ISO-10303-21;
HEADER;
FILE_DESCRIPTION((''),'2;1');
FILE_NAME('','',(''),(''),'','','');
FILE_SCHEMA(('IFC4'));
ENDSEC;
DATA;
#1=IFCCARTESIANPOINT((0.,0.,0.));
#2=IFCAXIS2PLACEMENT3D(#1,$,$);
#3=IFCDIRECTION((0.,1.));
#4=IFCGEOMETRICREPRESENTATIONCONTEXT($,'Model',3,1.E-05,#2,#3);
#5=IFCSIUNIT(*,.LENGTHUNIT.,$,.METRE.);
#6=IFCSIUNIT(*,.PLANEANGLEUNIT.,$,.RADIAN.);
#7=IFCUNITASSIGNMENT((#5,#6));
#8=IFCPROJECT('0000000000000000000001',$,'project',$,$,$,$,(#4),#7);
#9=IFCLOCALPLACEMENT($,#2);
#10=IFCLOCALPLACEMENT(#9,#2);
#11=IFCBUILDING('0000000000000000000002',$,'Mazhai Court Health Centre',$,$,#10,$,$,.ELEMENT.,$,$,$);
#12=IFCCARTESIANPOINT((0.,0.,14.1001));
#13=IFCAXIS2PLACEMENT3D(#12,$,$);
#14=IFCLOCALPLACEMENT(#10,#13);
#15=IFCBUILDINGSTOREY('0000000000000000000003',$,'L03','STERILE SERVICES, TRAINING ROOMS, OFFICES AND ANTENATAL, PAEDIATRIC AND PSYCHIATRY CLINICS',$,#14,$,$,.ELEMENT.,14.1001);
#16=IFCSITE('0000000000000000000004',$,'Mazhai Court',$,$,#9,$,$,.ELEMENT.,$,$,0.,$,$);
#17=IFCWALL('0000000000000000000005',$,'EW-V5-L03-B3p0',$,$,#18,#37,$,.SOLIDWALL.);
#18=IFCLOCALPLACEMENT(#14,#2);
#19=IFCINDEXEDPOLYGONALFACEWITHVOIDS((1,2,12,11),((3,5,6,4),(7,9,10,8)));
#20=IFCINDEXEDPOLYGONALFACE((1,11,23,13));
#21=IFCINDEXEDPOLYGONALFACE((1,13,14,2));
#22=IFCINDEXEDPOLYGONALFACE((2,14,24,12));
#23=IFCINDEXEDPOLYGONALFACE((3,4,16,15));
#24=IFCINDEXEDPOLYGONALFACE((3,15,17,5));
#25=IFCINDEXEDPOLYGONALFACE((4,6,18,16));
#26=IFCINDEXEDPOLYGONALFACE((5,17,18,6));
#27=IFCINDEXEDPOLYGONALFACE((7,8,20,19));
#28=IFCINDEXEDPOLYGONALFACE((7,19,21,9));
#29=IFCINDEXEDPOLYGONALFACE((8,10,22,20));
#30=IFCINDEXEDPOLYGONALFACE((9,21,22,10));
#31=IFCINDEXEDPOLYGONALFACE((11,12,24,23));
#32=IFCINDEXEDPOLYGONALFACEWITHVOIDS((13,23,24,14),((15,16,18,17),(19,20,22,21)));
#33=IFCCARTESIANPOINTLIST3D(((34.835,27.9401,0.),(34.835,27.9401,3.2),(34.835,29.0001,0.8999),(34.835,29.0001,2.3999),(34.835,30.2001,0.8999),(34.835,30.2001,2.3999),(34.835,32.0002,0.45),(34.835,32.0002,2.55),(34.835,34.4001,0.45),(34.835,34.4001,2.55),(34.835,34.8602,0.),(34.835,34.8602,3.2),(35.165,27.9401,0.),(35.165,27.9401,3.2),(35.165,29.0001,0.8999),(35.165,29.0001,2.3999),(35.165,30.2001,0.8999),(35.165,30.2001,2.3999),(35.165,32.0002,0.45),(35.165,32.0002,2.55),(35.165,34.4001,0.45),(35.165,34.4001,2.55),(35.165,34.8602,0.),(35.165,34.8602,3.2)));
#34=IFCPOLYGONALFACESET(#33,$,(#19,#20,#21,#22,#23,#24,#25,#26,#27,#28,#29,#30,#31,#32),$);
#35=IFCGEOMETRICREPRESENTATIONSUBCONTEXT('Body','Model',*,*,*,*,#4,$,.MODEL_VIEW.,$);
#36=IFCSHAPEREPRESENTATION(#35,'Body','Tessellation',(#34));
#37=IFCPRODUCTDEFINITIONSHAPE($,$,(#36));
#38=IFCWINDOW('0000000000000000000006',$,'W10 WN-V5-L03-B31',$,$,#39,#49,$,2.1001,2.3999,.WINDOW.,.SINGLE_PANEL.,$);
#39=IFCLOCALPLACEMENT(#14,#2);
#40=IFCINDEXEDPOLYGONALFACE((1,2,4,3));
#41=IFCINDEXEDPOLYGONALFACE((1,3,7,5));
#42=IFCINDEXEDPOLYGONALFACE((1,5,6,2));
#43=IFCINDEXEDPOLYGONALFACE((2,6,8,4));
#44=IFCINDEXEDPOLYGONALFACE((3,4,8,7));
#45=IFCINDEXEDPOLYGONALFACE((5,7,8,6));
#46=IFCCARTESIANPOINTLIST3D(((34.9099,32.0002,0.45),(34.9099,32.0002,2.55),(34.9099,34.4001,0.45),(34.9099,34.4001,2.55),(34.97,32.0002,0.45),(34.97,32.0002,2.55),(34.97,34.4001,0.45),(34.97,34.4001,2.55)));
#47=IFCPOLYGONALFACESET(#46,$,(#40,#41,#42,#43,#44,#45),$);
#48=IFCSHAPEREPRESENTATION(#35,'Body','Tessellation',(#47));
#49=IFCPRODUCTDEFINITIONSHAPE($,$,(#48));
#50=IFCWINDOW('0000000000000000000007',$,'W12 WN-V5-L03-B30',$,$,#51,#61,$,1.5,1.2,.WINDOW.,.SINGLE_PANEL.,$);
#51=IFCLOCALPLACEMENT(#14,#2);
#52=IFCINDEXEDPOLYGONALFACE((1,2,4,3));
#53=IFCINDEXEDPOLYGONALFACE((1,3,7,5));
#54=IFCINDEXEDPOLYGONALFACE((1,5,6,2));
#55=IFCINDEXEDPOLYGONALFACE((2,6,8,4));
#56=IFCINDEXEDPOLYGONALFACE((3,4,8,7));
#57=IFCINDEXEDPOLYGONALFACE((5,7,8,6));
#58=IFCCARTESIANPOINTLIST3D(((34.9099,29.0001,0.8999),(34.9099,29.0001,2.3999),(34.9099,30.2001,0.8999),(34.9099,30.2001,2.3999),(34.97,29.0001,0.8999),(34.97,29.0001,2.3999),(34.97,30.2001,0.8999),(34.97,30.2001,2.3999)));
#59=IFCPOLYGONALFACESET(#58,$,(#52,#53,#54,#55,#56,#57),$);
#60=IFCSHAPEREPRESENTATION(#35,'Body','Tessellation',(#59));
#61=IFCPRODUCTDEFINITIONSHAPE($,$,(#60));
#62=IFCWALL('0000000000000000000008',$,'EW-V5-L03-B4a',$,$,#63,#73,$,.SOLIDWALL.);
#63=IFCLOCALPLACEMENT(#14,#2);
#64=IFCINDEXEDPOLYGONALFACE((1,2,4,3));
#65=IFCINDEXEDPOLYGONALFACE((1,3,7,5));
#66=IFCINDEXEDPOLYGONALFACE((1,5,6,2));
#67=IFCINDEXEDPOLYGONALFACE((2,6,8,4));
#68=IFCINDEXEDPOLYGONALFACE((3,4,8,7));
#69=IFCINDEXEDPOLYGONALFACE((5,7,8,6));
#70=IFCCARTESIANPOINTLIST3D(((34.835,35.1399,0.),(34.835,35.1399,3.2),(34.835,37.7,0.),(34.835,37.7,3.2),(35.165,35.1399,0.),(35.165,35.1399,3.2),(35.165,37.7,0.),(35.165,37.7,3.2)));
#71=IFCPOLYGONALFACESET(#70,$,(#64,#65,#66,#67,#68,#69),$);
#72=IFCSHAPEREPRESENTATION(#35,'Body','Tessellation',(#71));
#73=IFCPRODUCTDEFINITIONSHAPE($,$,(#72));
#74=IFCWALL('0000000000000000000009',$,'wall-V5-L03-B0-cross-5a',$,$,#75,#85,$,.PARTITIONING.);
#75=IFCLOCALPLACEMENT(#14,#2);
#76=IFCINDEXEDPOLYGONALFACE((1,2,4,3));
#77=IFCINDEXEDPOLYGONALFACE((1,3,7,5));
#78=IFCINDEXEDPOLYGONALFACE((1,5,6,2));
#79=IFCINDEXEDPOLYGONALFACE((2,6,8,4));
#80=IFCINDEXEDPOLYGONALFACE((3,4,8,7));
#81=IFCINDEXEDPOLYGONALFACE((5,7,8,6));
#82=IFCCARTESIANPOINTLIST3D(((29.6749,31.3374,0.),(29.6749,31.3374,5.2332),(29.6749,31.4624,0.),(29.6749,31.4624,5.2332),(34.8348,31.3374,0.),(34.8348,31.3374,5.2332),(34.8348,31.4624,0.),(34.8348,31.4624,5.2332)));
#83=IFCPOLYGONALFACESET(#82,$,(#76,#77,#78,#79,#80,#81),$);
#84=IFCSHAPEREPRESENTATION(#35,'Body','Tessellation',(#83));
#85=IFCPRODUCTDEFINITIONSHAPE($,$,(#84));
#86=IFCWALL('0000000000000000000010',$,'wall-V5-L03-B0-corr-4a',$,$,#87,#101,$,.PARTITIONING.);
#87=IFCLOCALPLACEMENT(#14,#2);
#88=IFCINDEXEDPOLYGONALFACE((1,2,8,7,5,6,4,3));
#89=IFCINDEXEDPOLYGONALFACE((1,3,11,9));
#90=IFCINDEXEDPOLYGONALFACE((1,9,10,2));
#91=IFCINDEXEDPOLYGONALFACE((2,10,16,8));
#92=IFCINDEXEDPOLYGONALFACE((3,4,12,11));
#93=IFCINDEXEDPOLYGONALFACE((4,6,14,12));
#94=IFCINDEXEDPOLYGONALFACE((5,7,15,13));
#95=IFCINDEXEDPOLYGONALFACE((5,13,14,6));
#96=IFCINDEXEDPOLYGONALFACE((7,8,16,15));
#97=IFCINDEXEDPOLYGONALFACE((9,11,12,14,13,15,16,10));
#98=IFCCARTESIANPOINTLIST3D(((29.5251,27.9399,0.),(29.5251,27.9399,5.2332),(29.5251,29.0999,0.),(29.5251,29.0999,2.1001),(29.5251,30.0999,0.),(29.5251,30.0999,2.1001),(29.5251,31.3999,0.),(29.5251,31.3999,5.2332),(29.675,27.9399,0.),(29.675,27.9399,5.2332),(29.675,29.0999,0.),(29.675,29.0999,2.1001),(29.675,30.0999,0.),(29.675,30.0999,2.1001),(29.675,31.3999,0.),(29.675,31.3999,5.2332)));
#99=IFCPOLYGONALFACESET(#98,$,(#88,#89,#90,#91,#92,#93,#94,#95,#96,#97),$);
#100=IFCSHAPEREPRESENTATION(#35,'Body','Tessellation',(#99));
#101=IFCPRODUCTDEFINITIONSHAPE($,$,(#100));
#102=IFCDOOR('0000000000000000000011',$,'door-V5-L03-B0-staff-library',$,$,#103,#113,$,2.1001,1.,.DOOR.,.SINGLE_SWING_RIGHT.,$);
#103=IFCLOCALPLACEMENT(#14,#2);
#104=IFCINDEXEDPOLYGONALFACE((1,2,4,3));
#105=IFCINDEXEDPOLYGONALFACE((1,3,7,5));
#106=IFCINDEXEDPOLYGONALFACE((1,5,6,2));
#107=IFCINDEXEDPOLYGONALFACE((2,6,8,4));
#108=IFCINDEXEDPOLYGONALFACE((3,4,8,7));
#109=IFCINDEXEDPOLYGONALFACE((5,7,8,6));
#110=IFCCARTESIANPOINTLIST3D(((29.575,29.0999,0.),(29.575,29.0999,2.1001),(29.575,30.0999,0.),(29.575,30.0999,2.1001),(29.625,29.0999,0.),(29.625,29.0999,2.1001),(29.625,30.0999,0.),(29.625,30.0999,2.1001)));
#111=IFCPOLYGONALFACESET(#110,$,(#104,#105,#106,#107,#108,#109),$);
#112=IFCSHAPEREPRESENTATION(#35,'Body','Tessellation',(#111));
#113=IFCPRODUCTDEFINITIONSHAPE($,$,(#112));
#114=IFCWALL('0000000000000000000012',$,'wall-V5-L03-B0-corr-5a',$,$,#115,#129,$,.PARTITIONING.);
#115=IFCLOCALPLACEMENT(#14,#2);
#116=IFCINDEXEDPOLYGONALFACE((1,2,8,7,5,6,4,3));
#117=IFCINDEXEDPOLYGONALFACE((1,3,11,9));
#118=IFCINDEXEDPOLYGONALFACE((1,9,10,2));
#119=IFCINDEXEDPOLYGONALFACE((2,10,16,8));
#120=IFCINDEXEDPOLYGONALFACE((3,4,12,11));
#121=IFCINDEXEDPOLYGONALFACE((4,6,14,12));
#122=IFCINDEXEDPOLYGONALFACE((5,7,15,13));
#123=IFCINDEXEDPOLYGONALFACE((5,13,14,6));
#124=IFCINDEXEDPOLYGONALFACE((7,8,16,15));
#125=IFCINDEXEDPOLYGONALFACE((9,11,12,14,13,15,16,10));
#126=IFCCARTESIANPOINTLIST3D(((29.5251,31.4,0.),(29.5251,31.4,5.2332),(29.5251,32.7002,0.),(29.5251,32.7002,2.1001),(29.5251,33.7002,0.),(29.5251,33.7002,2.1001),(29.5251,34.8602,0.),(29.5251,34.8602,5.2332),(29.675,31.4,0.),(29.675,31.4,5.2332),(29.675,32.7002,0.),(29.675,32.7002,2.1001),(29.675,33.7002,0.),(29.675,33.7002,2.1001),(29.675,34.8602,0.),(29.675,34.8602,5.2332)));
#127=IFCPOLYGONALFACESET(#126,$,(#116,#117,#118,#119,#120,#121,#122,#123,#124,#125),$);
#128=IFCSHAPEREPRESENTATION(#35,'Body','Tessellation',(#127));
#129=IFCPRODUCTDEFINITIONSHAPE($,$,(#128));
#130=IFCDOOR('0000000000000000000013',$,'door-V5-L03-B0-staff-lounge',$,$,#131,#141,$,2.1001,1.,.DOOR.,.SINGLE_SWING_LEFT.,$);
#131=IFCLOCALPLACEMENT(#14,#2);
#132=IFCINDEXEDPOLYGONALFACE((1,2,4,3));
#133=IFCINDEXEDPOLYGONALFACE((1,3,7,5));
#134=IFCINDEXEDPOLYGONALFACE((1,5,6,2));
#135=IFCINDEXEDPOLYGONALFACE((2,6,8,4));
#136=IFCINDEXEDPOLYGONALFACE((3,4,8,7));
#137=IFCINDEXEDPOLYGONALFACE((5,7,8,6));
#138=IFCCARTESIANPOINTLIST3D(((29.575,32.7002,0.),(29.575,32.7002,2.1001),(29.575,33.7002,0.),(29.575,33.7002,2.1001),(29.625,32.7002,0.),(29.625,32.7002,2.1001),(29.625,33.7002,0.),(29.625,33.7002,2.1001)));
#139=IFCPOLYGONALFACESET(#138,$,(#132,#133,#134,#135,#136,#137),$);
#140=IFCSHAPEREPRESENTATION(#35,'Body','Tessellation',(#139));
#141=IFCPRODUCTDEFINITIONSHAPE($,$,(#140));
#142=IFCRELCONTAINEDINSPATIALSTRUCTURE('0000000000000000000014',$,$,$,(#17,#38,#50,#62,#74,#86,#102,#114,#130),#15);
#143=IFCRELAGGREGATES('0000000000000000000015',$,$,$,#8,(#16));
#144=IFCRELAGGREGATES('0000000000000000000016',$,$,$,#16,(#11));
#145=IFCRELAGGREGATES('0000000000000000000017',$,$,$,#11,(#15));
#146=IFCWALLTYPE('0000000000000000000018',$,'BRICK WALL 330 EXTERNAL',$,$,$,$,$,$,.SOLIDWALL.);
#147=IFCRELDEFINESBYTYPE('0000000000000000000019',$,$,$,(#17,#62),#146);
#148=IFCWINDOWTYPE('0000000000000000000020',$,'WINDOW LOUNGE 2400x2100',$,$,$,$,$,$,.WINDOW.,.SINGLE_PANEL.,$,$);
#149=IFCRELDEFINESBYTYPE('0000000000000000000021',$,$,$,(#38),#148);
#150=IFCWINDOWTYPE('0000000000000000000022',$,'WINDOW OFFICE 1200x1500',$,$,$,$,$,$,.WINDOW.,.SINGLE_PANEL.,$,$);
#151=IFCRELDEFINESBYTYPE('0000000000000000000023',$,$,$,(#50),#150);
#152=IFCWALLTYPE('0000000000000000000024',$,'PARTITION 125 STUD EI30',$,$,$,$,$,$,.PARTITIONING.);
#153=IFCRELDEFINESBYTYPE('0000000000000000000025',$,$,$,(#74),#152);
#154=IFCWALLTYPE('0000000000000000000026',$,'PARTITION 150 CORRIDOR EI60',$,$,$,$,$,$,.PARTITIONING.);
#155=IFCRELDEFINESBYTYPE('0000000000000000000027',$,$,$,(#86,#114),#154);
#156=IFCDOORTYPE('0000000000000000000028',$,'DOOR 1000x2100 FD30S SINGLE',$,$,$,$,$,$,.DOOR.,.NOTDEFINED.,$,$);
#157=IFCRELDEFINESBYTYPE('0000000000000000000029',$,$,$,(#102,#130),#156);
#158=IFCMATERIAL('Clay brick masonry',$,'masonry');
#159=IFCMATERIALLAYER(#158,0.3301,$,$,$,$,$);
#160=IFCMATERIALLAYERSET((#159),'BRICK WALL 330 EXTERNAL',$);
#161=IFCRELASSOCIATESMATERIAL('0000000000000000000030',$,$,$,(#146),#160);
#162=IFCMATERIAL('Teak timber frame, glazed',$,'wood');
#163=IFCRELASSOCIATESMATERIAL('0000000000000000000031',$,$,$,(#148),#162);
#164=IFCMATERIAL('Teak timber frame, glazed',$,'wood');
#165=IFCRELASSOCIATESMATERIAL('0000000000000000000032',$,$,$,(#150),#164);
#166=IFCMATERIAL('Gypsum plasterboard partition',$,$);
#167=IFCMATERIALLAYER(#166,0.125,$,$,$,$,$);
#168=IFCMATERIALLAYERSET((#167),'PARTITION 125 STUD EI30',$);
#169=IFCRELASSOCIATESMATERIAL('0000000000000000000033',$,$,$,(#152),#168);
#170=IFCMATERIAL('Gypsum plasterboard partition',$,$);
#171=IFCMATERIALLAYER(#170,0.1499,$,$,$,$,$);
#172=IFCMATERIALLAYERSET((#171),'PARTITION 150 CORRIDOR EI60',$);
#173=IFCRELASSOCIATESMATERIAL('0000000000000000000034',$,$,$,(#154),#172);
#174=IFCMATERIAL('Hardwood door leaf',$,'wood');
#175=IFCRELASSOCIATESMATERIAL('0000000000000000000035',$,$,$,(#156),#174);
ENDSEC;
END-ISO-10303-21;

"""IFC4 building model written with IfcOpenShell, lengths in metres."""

from ifc_helpers import new_model, si_unit, direction, frame, frame_2d, origin, place, context, subcontext, project, spatial, rectangle, extrude, material, layer, layer_set, type_object, element, fill, save


model = new_model("IFC4")

# Units and contexts
model_context = context("Model", 3, precision=1e-05, world=origin(), true_north=direction((0.0, 1.0)))
body_context = subcontext(model_context, "Body", "Model", "MODEL_VIEW")
ifc_project = project(units=[si_unit("LENGTHUNIT", "METRE"), si_unit("PLANEANGLEUNIT", "RADIAN")], contexts=[model_context])

# Site, building, storey
site_placement = place(None, origin())
site = spatial("IfcSite", under=ifc_project, at=site_placement, Name="Mazhai Court", CompositionType="ELEMENT", RefElevation=0.0)
building_placement = place(site_placement, origin())
building = spatial("IfcBuilding", under=site, at=building_placement, Name="Mazhai Court Health Centre", CompositionType="ELEMENT")
storey_placement = place(building_placement, frame((0.0, 0.0, 14.1001)))
storey = spatial("IfcBuildingStorey", under=building, at=storey_placement, Name="L03", Description="STERILE SERVICES, TRAINING ROOMS, OFFICES AND ANTENATAL, PAEDIATRIC AND PSYCHIATRY CLINICS", CompositionType="ELEMENT", Elevation=14.1001)

# Wall, openings, windows
ifc_material_1 = material(Name="Clay brick masonry", Category="masonry")
ifc_layer_1 = layer(ifc_material_1, 0.3301)
ifc_layer_set_1 = layer_set([ifc_layer_1], Name="BRICK WALL 330 EXTERNAL")
wall_type_1 = type_object("IfcWallType", Name="BRICK WALL 330 EXTERNAL", PredefinedType="SOLIDWALL", material=ifc_layer_set_1)
wall_1_placement = place(storey_placement, frame((35.0, 34.8601, 0.0), z_axis=(0.0, 0.0, 1.0), x_axis=(0.0, -1.0, 0.0)))
wall_1 = element("IfcWall", 1, at=wall_1_placement, inside=storey, type_object=wall_type_1, Name="EW-V5-L03-B3p0", PredefinedType="SOLIDWALL", context=body_context, shape_type="SweptSolid", body=[
    extrude(rectangle(XDim=6.9202, YDim=0.3301, at=frame_2d((3.46, 0.0))), origin(), (0.0, 0.0, 1.0), 3.2),
])
opening_1_placement = place(wall_1_placement, frame((4.6599, 0.0, 0.8999)))
opening_1 = element("IfcOpeningElement", 2, at=opening_1_placement, cuts=wall_1, PredefinedType="OPENING", context=body_context, shape_type="SweptSolid", body=[
    extrude(rectangle(XDim=1.2, YDim=1.5, at=frame_2d((0.6001, 0.75))), frame((0.0, 0.175, 0.0), z_axis=(0.0, -1.0, 0.0), x_axis=(1.0, 0.0, 0.0)), (0.0, 0.0, 1.0), 0.3501),
])
opening_2_placement = place(wall_1_placement, frame((0.46, 0.0, 0.45)))
opening_2 = element("IfcOpeningElement", 3, at=opening_2_placement, cuts=wall_1, PredefinedType="OPENING", context=body_context, shape_type="SweptSolid", body=[
    extrude(rectangle(XDim=2.3999, YDim=2.1001, at=frame_2d((1.2, 1.05))), frame((0.0, 0.175, 0.0), z_axis=(0.0, -1.0, 0.0), x_axis=(1.0, 0.0, 0.0)), (0.0, 0.0, 1.0), 0.3501),
])
ifc_material_2 = material(Name="Teak timber frame, glazed", Category="wood")
window_type_1 = type_object("IfcWindowType", Name="WINDOW LOUNGE 2400x2100", PartitioningType="SINGLE_PANEL", PredefinedType="WINDOW", material=ifc_material_2)
window_1_placement = place(opening_2_placement, origin())
window_1 = element("IfcWindow", 4, at=window_1_placement, inside=storey, type_object=window_type_1, Name="W10 WN-V5-L03-B31", OverallHeight=2.1001, OverallWidth=2.3999, PartitioningType="SINGLE_PANEL", PredefinedType="WINDOW", context=body_context, shape_type="SweptSolid", body=[
    extrude(rectangle(XDim=2.3999, YDim=2.1001, at=frame_2d((1.2, 1.05))), frame((0.0, -0.03, 0.0), z_axis=(0.0, -1.0, 0.0), x_axis=(1.0, 0.0, 0.0)), (0.0, 0.0, 1.0), 0.0601),
])
fill(opening_2, window_1)
ifc_material_3 = material(Name="Teak timber frame, glazed", Category="wood")
window_type_2 = type_object("IfcWindowType", Name="WINDOW OFFICE 1200x1500", PartitioningType="SINGLE_PANEL", PredefinedType="WINDOW", material=ifc_material_3)
window_2_placement = place(opening_1_placement, origin())
window_2 = element("IfcWindow", 5, at=window_2_placement, inside=storey, type_object=window_type_2, Name="W12 WN-V5-L03-B30", OverallHeight=1.5, OverallWidth=1.2, PartitioningType="SINGLE_PANEL", PredefinedType="WINDOW", context=body_context, shape_type="SweptSolid", body=[
    extrude(rectangle(XDim=1.2, YDim=1.5, at=frame_2d((0.6001, 0.75))), frame((0.0, -0.03, 0.0), z_axis=(0.0, -1.0, 0.0), x_axis=(1.0, 0.0, 0.0)), (0.0, 0.0, 1.0), 0.0601),
])
fill(opening_1, window_2)

# Walls
wall_2_placement = place(storey_placement, frame((35.0, 37.7, 0.0), z_axis=(0.0, 0.0, 1.0), x_axis=(0.0, -1.0, 0.0)))
element("IfcWall", 6, at=wall_2_placement, inside=storey, type_object=wall_type_1, Name="EW-V5-L03-B4a", PredefinedType="SOLIDWALL", context=body_context, shape_type="SweptSolid", body=[
    extrude(rectangle(XDim=2.5601, YDim=0.3301, at=frame_2d((1.28, 0.0))), origin(), (0.0, 0.0, 1.0), 3.2),
])
ifc_material_4 = material(Name="Gypsum plasterboard partition")
ifc_layer_2 = layer(ifc_material_4, 0.125)
ifc_layer_set_2 = layer_set([ifc_layer_2], Name="PARTITION 125 STUD EI30")
wall_type_2 = type_object("IfcWallType", Name="PARTITION 125 STUD EI30", PredefinedType="PARTITIONING", material=ifc_layer_set_2)
wall_3_placement = place(storey_placement, frame((34.835, 31.3999, 0.0), z_axis=(0.0, 0.0, 1.0), x_axis=(-1.0, 0.0, 0.0)))
element("IfcWall", 7, at=wall_3_placement, inside=storey, type_object=wall_type_2, Name="wall-V5-L03-B0-cross-5a", PredefinedType="PARTITIONING", context=body_context, shape_type="SweptSolid", body=[
    extrude(rectangle(XDim=5.1599, YDim=0.125, at=frame_2d((2.5801, 0.0))), origin(), (0.0, 0.0, 1.0), 5.2332),
])

# Walls, openings, doors
ifc_material_5 = material(Name="Gypsum plasterboard partition")
ifc_layer_3 = layer(ifc_material_5, 0.1499)
ifc_layer_set_3 = layer_set([ifc_layer_3], Name="PARTITION 150 CORRIDOR EI60")
wall_type_3 = type_object("IfcWallType", Name="PARTITION 150 CORRIDOR EI60", PredefinedType="PARTITIONING", material=ifc_layer_set_3)
wall_4_placement = place(storey_placement, frame((29.6001, 31.3999, 0.0), z_axis=(0.0, 0.0, 1.0), x_axis=(0.0, -1.0, 0.0)))
wall_4 = element("IfcWall", 8, at=wall_4_placement, inside=storey, type_object=wall_type_3, Name="wall-V5-L03-B0-corr-4a", PredefinedType="PARTITIONING", context=body_context, shape_type="SweptSolid", body=[
    extrude(rectangle(XDim=3.46, YDim=0.1499, at=frame_2d((1.73, 0.0))), origin(), (0.0, 0.0, 1.0), 5.2332),
])
opening_3_placement = place(wall_4_placement, frame((1.3, 0.0, 0.0)))
opening_3 = element("IfcOpeningElement", 9, at=opening_3_placement, cuts=wall_4, PredefinedType="OPENING", context=body_context, shape_type="SweptSolid", body=[
    extrude(rectangle(XDim=1.0, YDim=2.1001, at=frame_2d((0.5, 1.05))), frame((0.0, 0.085, 0.0), z_axis=(0.0, -1.0, 0.0), x_axis=(1.0, 0.0, 0.0)), (0.0, 0.0, 1.0), 0.1699),
])
ifc_material_6 = material(Name="Hardwood door leaf", Category="wood")
door_type_1 = type_object("IfcDoorType", Name="DOOR 1000x2100 FD30S SINGLE", OperationType="NOTDEFINED", PredefinedType="DOOR", material=ifc_material_6)
door_1_placement = place(opening_3_placement, origin())
door_1 = element("IfcDoor", 10, at=door_1_placement, inside=storey, type_object=door_type_1, Name="door-V5-L03-B0-staff-library", OperationType="SINGLE_SWING_RIGHT", OverallHeight=2.1001, OverallWidth=1.0, PredefinedType="DOOR", context=body_context, shape_type="SweptSolid", body=[
    extrude(rectangle(XDim=1.0, YDim=2.1001, at=frame_2d((0.5, 1.05))), frame((0.0, 0.0249, 0.0), z_axis=(0.0, -1.0, 0.0), x_axis=(1.0, 0.0, 0.0)), (0.0, 0.0, 1.0), 0.05),
])
fill(opening_3, door_1)
wall_5_placement = place(storey_placement, frame((29.6001, 34.8601, 0.0), z_axis=(0.0, 0.0, 1.0), x_axis=(0.0, -1.0, 0.0)))
wall_5 = element("IfcWall", 11, at=wall_5_placement, inside=storey, type_object=wall_type_3, Name="wall-V5-L03-B0-corr-5a", PredefinedType="PARTITIONING", context=body_context, shape_type="SweptSolid", body=[
    extrude(rectangle(XDim=3.4602, YDim=0.1499, at=frame_2d((1.73, 0.0))), origin(), (0.0, 0.0, 1.0), 5.2332),
])
opening_4_placement = place(wall_5_placement, frame((1.1599, 0.0, 0.0)))
opening_4 = element("IfcOpeningElement", 12, at=opening_4_placement, cuts=wall_5, PredefinedType="OPENING", context=body_context, shape_type="SweptSolid", body=[
    extrude(rectangle(XDim=1.0, YDim=2.1001, at=frame_2d((0.5, 1.05))), frame((0.0, 0.085, 0.0), z_axis=(0.0, -1.0, 0.0), x_axis=(1.0, 0.0, 0.0)), (0.0, 0.0, 1.0), 0.1699),
])
door_2_placement = place(opening_4_placement, origin())
door_2 = element("IfcDoor", 13, at=door_2_placement, inside=storey, type_object=door_type_1, Name="door-V5-L03-B0-staff-lounge", OperationType="SINGLE_SWING_LEFT", OverallHeight=2.1001, OverallWidth=1.0, PredefinedType="DOOR", context=body_context, shape_type="SweptSolid", body=[
    extrude(rectangle(XDim=1.0, YDim=2.1001, at=frame_2d((0.5, 1.05))), frame((0.0, 0.0249, 0.0), z_axis=(0.0, -1.0, 0.0), x_axis=(1.0, 0.0, 0.0)), (0.0, 0.0, 1.0), 0.05),
])
fill(opening_4, door_2)

save(model, "model.ifc")
